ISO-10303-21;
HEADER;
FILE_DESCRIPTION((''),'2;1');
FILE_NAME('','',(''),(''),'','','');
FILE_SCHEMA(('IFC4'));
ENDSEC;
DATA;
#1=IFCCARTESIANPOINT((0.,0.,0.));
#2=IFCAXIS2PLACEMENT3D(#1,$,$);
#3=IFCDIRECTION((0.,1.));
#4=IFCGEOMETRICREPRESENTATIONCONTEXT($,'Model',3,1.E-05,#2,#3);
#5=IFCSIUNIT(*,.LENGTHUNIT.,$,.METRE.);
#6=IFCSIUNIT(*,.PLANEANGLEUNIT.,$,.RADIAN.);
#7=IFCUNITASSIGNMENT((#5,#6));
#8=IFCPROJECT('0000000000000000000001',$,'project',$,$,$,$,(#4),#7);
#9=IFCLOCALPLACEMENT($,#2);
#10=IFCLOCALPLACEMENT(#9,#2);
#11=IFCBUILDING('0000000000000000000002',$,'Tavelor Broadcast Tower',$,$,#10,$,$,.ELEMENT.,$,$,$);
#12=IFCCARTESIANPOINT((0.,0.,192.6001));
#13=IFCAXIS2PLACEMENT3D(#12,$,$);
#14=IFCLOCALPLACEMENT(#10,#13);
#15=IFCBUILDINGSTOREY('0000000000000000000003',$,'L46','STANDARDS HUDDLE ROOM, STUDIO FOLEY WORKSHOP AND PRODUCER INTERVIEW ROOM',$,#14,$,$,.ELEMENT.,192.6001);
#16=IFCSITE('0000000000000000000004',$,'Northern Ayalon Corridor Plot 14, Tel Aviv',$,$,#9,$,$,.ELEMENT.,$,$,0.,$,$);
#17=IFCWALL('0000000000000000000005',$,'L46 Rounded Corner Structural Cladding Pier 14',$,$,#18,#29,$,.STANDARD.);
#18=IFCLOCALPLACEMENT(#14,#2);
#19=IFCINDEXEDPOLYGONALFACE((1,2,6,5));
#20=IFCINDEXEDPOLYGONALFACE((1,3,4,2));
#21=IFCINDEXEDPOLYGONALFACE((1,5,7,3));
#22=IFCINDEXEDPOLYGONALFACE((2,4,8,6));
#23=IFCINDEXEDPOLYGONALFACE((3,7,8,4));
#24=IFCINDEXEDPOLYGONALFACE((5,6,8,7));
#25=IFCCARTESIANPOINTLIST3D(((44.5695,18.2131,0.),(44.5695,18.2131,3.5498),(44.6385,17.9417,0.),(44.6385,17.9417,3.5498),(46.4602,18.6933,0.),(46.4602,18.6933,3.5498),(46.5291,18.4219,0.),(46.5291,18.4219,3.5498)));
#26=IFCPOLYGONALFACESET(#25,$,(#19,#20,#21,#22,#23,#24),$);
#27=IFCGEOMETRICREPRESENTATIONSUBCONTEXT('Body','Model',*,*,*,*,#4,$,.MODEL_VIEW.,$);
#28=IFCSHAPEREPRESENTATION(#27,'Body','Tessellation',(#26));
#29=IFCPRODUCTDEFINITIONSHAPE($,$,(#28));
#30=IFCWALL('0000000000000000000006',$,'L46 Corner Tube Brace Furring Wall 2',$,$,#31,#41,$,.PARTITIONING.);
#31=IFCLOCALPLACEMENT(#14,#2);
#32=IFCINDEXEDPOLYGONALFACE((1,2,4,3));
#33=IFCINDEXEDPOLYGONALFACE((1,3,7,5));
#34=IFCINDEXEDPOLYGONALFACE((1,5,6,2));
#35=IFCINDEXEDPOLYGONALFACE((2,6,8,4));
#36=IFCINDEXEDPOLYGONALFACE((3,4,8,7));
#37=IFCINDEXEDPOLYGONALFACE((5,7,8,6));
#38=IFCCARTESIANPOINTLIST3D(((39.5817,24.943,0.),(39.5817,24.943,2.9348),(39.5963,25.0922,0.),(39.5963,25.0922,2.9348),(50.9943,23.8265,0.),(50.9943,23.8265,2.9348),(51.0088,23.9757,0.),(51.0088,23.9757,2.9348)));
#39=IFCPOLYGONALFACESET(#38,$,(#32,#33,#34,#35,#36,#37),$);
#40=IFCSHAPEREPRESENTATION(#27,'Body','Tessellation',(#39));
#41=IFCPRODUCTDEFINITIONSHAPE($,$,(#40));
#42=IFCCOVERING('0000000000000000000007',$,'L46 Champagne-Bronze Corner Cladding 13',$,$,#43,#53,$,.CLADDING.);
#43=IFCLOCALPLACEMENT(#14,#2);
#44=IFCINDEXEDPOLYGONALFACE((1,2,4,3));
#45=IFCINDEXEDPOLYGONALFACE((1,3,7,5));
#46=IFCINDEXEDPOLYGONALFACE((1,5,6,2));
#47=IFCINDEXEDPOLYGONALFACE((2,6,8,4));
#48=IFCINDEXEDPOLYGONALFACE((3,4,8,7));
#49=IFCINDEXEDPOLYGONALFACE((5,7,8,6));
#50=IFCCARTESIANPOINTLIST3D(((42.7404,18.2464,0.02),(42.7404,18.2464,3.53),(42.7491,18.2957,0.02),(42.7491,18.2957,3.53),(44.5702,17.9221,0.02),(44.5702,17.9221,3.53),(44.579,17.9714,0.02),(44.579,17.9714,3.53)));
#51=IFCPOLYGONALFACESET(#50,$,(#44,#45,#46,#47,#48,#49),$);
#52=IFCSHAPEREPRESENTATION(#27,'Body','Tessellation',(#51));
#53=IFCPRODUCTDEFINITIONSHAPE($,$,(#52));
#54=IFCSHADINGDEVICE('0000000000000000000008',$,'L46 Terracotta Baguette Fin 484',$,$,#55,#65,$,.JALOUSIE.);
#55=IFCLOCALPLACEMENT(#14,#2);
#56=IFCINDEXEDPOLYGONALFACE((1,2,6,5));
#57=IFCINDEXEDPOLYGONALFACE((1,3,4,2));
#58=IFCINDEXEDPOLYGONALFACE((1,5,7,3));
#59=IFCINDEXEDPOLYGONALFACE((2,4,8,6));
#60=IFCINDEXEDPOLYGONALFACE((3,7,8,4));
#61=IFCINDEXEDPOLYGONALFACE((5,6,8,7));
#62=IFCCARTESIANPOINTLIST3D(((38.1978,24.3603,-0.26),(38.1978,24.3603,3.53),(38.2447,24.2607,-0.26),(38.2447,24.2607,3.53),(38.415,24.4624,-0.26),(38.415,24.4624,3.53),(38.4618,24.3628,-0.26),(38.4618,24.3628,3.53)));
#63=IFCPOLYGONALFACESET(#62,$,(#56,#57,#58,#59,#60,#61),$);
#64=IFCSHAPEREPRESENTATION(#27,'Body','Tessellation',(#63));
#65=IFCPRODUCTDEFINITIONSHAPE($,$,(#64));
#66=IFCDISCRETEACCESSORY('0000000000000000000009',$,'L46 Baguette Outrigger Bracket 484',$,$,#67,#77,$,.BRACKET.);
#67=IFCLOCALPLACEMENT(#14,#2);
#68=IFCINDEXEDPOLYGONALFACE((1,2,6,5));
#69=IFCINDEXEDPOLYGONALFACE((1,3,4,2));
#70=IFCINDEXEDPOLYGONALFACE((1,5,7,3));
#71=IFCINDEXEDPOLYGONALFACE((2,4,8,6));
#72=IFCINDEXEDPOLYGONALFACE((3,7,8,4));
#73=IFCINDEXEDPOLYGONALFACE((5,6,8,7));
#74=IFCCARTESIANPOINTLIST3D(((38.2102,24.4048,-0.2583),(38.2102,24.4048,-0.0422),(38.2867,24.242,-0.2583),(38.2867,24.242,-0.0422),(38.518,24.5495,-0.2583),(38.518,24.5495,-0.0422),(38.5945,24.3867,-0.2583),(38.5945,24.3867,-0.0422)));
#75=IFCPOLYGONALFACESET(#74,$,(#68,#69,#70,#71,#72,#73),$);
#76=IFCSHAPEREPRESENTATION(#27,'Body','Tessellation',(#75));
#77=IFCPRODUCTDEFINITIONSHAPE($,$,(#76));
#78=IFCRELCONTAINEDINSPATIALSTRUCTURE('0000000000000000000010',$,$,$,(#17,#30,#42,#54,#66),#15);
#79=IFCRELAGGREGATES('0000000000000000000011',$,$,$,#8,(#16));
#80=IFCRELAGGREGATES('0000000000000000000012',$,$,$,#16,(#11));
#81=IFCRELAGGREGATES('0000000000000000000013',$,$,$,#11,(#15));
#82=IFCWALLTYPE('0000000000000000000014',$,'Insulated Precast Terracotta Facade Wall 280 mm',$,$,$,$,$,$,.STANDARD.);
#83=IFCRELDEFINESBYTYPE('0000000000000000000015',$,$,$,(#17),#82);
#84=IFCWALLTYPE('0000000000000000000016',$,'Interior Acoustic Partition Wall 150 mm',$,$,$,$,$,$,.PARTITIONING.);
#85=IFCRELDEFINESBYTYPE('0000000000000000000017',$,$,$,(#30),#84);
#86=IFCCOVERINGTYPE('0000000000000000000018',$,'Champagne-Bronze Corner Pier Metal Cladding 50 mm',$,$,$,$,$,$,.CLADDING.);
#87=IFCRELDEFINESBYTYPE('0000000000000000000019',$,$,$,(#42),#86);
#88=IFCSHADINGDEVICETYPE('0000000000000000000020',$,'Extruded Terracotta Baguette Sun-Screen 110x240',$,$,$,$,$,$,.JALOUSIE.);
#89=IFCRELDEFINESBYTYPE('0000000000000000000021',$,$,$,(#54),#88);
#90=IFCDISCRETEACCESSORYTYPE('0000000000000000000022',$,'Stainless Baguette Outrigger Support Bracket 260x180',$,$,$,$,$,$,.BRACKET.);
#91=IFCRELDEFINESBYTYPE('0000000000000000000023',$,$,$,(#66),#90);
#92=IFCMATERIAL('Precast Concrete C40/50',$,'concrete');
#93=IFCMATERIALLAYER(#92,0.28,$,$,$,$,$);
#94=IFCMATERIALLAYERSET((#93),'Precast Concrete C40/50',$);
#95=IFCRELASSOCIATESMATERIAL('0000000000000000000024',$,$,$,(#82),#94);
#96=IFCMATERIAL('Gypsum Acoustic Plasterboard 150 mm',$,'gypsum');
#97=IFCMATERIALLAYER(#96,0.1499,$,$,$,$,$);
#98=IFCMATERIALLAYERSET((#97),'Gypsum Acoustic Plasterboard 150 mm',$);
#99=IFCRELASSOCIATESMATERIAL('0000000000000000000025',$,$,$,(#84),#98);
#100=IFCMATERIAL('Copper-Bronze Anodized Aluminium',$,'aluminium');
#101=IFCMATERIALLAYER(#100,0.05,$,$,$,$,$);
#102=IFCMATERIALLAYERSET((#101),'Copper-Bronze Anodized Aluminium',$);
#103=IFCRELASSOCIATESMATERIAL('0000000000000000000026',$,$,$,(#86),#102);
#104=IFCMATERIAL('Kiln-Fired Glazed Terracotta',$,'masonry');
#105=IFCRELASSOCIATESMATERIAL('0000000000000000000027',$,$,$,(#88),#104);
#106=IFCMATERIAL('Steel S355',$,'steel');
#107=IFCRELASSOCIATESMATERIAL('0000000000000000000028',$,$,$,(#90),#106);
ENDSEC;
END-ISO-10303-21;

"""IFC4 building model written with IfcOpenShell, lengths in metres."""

from ifc_helpers import new_model, si_unit, direction, frame, frame_2d, origin, origin_2d, place, context, subcontext, project, spatial, rectangle, extrude, source, transform, mapped, material, layer, layer_set, type_object, type_shapes, element, save


model = new_model("IFC4")

# Units and contexts
model_context = context("Model", 3, precision=1e-05, world=origin(), true_north=direction((0.0, 1.0)))
body_context = subcontext(model_context, "Body", "Model", "MODEL_VIEW")
ifc_project = project(units=[si_unit("LENGTHUNIT", "METRE"), si_unit("PLANEANGLEUNIT", "RADIAN")], contexts=[model_context])

# Site, building, storey
site_placement = place(None, origin())
site = spatial("IfcSite", under=ifc_project, at=site_placement, Name="Northern Ayalon Corridor Plot 14, Tel Aviv", CompositionType="ELEMENT", RefElevation=0.0)
building_placement = place(site_placement, origin())
building = spatial("IfcBuilding", under=site, at=building_placement, Name="Tavelor Broadcast Tower", CompositionType="ELEMENT")
storey_placement = place(building_placement, frame((0.0, 0.0, 192.6001)))
storey = spatial("IfcBuildingStorey", under=building, at=storey_placement, Name="L46", Description="STANDARDS HUDDLE ROOM, STUDIO FOLEY WORKSHOP AND PRODUCER INTERVIEW ROOM", CompositionType="ELEMENT", Elevation=192.6001)

# Shared definitions
ifc_material_1 = material(Name="Steel S355", Category="steel")

# Walls
ifc_material_2 = material(Name="Precast Concrete C40/50", Category="concrete")
ifc_layer_1 = layer(ifc_material_2, 0.28)
ifc_layer_set_1 = layer_set([ifc_layer_1], Name="Precast Concrete C40/50")
wall_type_1 = type_object("IfcWallType", Name="Insulated Precast Terracotta Facade Wall 280 mm", PredefinedType="STANDARD", material=ifc_layer_set_1)
wall_1_placement = place(storey_placement, frame((44.604, 18.0774, 0.0), z_axis=(0.0, 0.0, 1.0), x_axis=(0.969223, 0.246186, 0.0)))
element("IfcWall", 1, at=wall_1_placement, inside=storey, type_object=wall_type_1, Name="L46 Rounded Corner Structural Cladding Pier 14", PredefinedType="STANDARD", context=body_context, shape_type="SweptSolid", body=[
    extrude(rectangle(XDim=1.9507, YDim=0.28, at=frame_2d((0.9753, 0.0))), origin(), (0.0, 0.0, 1.0), 3.5498),
])
ifc_material_3 = material(Name="Gypsum Acoustic Plasterboard 150 mm", Category="gypsum")
ifc_layer_2 = layer(ifc_material_3, 0.1499)
ifc_layer_set_2 = layer_set([ifc_layer_2], Name="Gypsum Acoustic Plasterboard 150 mm")
wall_type_2 = type_object("IfcWallType", Name="Interior Acoustic Partition Wall 150 mm", PredefinedType="PARTITIONING", material=ifc_layer_set_2)
wall_2_placement = place(storey_placement, frame((39.5891, 25.0176, 0.0), z_axis=(0.0, 0.0, 1.0), x_axis=(0.995249, -0.097362, 0.0)))
element("IfcWall", 2, at=wall_2_placement, inside=storey, type_object=wall_type_2, Name="L46 Corner Tube Brace Furring Wall 2", PredefinedType="PARTITIONING", context=body_context, shape_type="SweptSolid", body=[
    extrude(rectangle(XDim=11.467, YDim=0.1499, at=frame_2d((5.7334, 0.0))), origin(), (0.0, 0.0, 1.0), 2.9348),
])

# Covering
ifc_material_4 = material(Name="Copper-Bronze Anodized Aluminium", Category="aluminium")
ifc_layer_3 = layer(ifc_material_4, 0.05)
ifc_layer_set_3 = layer_set([ifc_layer_3], Name="Copper-Bronze Anodized Aluminium")
covering_type = type_object("IfcCoveringType", Name="Champagne-Bronze Corner Pier Metal Cladding 50 mm", PredefinedType="CLADDING", material=ifc_layer_set_3)
covering_placement = place(storey_placement, frame((43.6597, 18.1089, 0.02), z_axis=(0.0, 0.0, 1.0), x_axis=(0.984656, -0.174508, 0.0)))
element("IfcCovering", 3, at=covering_placement, inside=storey, type_object=covering_type, Name="L46 Champagne-Bronze Corner Cladding 13", PredefinedType="CLADDING", context=body_context, shape_type="SweptSolid", body=[
    extrude(rectangle(XDim=1.8584, YDim=0.05, at=origin_2d()), origin(), (0.0, 0.0, 1.0), 3.51),
])

# Shading device
ifc_material_5 = material(Name="Kiln-Fired Glazed Terracotta", Category="masonry")
shading_device_type = type_object("IfcShadingDeviceType", Name="Extruded Terracotta Baguette Sun-Screen 110x240", PredefinedType="JALOUSIE", material=ifc_material_5)
shared_shape_1 = source(origin(), body_context, "Body", "SweptSolid", [
    extrude(rectangle(XDim=0.1101, YDim=0.24, at=origin_2d()), origin(), (0.0, 0.0, 1.0), 3.79),
])
type_shapes(shading_device_type, [shared_shape_1])
shading_device_placement = place(storey_placement, frame((38.3298, 24.3616, -0.26), z_axis=(0.0, 0.0, 1.0), x_axis=(0.425463, -0.904976, 0.0)))
element("IfcShadingDevice", 4, at=shading_device_placement, inside=storey, type_object=shading_device_type, Name="L46 Terracotta Baguette Fin 484", PredefinedType="JALOUSIE", context=body_context, shape_type="MappedRepresentation", body=[
    mapped(shared_shape_1, transform((0.0, 0.0, 0.0), scale=1.0)),
])

# Discrete accessory
discrete_accessory_type = type_object("IfcDiscreteAccessoryType", Name="Stainless Baguette Outrigger Support Bracket 260x180", PredefinedType="BRACKET", material=ifc_material_1)
shared_shape_2 = source(origin(), body_context, "Body", "SweptSolid", [
    extrude(rectangle(XDim=0.1799, YDim=0.3401, at=origin_2d()), origin(), (0.0, 0.0, 1.0), 0.2161),
])
type_shapes(discrete_accessory_type, [shared_shape_2])
discrete_accessory_placement = place(storey_placement, frame((38.4023, 24.3958, -0.2583), z_axis=(0.0, 0.0, 1.0), x_axis=(0.425463, -0.904976, 0.0)))
element("IfcDiscreteAccessory", 5, at=discrete_accessory_placement, inside=storey, type_object=discrete_accessory_type, Name="L46 Baguette Outrigger Bracket 484", PredefinedType="BRACKET", context=body_context, shape_type="MappedRepresentation", body=[
    mapped(shared_shape_2, transform((0.0, 0.0, 0.0), scale=1.0)),
])

save(model, "model.ifc")
